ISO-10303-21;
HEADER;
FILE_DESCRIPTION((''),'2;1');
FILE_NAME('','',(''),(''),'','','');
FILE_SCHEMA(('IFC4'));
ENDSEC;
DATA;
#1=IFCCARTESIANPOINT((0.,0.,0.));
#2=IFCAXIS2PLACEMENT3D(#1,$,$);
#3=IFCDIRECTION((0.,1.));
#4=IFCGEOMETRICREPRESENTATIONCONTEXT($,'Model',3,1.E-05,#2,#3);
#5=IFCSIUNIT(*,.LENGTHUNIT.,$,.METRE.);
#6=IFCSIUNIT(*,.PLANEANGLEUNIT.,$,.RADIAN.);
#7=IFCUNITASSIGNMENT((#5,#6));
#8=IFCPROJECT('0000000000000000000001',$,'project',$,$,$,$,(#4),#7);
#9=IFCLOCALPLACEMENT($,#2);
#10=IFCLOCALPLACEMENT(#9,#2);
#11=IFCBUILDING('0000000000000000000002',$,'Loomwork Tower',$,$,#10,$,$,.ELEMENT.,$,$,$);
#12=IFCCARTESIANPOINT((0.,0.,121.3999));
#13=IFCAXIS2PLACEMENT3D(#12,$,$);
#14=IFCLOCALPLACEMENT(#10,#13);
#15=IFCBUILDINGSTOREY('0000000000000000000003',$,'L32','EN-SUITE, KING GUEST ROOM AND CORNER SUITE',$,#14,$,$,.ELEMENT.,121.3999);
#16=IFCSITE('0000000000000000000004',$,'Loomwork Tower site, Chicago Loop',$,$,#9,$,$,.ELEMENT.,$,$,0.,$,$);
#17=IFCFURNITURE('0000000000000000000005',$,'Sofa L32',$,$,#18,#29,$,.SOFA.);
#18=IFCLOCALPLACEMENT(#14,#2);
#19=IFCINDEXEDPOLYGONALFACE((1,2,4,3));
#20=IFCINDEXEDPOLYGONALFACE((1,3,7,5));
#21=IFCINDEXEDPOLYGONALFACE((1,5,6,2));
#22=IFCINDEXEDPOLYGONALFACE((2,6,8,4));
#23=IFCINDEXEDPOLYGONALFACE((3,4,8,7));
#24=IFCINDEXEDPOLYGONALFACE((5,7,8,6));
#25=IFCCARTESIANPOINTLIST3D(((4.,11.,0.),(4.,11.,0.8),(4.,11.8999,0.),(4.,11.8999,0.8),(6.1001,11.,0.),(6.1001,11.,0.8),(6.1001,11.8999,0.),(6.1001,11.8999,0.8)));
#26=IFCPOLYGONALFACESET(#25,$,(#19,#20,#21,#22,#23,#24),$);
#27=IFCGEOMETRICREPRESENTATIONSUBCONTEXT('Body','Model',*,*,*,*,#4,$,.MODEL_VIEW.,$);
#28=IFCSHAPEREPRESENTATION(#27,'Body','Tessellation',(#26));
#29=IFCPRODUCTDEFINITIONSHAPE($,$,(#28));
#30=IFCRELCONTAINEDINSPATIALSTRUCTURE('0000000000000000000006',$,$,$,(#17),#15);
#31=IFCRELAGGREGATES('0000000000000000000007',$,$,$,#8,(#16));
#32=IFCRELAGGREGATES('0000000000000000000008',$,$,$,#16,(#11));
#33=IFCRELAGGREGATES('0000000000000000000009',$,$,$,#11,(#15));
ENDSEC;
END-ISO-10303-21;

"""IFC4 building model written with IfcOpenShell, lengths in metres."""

from ifc_helpers import new_model, si_unit, direction, frame, origin, origin_2d, place, context, subcontext, project, spatial, rectangle, extrude, element, save


model = new_model("IFC4")

# Units and contexts
model_context = context("Model", 3, precision=1e-05, world=origin(), true_north=direction((0.0, 1.0)))
body_context = subcontext(model_context, "Body", "Model", "MODEL_VIEW")
ifc_project = project(units=[si_unit("LENGTHUNIT", "METRE"), si_unit("PLANEANGLEUNIT", "RADIAN")], contexts=[model_context])

# Site, building, storey
site_placement = place(None, origin())
site = spatial("IfcSite", under=ifc_project, at=site_placement, Name="Loomwork Tower site, Chicago Loop", CompositionType="ELEMENT", RefElevation=0.0)
building_placement = place(site_placement, origin())
building = spatial("IfcBuilding", under=site, at=building_placement, Name="Loomwork Tower", CompositionType="ELEMENT")
storey_placement = place(building_placement, frame((0.0, 0.0, 121.3999)))
storey = spatial("IfcBuildingStorey", under=building, at=storey_placement, Name="L32", Description="EN-SUITE, KING GUEST ROOM AND CORNER SUITE", CompositionType="ELEMENT", Elevation=121.3999)

# Furniture
furniture_1_placement = place(storey_placement, frame((5.05, 11.45, 0.0), z_axis=(0.0, 0.0, 1.0), x_axis=(1.0, 0.0, 0.0)))
element("IfcFurniture", 1, at=furniture_1_placement, inside=storey, Name="Sofa L32", PredefinedType="SOFA", context=body_context, shape_type="SweptSolid", body=[
    extrude(rectangle(XDim=2.1001, YDim=0.8999, at=origin_2d()), origin(), (0.0, 0.0, 1.0), 0.8),
])

save(model, "model.ifc")
